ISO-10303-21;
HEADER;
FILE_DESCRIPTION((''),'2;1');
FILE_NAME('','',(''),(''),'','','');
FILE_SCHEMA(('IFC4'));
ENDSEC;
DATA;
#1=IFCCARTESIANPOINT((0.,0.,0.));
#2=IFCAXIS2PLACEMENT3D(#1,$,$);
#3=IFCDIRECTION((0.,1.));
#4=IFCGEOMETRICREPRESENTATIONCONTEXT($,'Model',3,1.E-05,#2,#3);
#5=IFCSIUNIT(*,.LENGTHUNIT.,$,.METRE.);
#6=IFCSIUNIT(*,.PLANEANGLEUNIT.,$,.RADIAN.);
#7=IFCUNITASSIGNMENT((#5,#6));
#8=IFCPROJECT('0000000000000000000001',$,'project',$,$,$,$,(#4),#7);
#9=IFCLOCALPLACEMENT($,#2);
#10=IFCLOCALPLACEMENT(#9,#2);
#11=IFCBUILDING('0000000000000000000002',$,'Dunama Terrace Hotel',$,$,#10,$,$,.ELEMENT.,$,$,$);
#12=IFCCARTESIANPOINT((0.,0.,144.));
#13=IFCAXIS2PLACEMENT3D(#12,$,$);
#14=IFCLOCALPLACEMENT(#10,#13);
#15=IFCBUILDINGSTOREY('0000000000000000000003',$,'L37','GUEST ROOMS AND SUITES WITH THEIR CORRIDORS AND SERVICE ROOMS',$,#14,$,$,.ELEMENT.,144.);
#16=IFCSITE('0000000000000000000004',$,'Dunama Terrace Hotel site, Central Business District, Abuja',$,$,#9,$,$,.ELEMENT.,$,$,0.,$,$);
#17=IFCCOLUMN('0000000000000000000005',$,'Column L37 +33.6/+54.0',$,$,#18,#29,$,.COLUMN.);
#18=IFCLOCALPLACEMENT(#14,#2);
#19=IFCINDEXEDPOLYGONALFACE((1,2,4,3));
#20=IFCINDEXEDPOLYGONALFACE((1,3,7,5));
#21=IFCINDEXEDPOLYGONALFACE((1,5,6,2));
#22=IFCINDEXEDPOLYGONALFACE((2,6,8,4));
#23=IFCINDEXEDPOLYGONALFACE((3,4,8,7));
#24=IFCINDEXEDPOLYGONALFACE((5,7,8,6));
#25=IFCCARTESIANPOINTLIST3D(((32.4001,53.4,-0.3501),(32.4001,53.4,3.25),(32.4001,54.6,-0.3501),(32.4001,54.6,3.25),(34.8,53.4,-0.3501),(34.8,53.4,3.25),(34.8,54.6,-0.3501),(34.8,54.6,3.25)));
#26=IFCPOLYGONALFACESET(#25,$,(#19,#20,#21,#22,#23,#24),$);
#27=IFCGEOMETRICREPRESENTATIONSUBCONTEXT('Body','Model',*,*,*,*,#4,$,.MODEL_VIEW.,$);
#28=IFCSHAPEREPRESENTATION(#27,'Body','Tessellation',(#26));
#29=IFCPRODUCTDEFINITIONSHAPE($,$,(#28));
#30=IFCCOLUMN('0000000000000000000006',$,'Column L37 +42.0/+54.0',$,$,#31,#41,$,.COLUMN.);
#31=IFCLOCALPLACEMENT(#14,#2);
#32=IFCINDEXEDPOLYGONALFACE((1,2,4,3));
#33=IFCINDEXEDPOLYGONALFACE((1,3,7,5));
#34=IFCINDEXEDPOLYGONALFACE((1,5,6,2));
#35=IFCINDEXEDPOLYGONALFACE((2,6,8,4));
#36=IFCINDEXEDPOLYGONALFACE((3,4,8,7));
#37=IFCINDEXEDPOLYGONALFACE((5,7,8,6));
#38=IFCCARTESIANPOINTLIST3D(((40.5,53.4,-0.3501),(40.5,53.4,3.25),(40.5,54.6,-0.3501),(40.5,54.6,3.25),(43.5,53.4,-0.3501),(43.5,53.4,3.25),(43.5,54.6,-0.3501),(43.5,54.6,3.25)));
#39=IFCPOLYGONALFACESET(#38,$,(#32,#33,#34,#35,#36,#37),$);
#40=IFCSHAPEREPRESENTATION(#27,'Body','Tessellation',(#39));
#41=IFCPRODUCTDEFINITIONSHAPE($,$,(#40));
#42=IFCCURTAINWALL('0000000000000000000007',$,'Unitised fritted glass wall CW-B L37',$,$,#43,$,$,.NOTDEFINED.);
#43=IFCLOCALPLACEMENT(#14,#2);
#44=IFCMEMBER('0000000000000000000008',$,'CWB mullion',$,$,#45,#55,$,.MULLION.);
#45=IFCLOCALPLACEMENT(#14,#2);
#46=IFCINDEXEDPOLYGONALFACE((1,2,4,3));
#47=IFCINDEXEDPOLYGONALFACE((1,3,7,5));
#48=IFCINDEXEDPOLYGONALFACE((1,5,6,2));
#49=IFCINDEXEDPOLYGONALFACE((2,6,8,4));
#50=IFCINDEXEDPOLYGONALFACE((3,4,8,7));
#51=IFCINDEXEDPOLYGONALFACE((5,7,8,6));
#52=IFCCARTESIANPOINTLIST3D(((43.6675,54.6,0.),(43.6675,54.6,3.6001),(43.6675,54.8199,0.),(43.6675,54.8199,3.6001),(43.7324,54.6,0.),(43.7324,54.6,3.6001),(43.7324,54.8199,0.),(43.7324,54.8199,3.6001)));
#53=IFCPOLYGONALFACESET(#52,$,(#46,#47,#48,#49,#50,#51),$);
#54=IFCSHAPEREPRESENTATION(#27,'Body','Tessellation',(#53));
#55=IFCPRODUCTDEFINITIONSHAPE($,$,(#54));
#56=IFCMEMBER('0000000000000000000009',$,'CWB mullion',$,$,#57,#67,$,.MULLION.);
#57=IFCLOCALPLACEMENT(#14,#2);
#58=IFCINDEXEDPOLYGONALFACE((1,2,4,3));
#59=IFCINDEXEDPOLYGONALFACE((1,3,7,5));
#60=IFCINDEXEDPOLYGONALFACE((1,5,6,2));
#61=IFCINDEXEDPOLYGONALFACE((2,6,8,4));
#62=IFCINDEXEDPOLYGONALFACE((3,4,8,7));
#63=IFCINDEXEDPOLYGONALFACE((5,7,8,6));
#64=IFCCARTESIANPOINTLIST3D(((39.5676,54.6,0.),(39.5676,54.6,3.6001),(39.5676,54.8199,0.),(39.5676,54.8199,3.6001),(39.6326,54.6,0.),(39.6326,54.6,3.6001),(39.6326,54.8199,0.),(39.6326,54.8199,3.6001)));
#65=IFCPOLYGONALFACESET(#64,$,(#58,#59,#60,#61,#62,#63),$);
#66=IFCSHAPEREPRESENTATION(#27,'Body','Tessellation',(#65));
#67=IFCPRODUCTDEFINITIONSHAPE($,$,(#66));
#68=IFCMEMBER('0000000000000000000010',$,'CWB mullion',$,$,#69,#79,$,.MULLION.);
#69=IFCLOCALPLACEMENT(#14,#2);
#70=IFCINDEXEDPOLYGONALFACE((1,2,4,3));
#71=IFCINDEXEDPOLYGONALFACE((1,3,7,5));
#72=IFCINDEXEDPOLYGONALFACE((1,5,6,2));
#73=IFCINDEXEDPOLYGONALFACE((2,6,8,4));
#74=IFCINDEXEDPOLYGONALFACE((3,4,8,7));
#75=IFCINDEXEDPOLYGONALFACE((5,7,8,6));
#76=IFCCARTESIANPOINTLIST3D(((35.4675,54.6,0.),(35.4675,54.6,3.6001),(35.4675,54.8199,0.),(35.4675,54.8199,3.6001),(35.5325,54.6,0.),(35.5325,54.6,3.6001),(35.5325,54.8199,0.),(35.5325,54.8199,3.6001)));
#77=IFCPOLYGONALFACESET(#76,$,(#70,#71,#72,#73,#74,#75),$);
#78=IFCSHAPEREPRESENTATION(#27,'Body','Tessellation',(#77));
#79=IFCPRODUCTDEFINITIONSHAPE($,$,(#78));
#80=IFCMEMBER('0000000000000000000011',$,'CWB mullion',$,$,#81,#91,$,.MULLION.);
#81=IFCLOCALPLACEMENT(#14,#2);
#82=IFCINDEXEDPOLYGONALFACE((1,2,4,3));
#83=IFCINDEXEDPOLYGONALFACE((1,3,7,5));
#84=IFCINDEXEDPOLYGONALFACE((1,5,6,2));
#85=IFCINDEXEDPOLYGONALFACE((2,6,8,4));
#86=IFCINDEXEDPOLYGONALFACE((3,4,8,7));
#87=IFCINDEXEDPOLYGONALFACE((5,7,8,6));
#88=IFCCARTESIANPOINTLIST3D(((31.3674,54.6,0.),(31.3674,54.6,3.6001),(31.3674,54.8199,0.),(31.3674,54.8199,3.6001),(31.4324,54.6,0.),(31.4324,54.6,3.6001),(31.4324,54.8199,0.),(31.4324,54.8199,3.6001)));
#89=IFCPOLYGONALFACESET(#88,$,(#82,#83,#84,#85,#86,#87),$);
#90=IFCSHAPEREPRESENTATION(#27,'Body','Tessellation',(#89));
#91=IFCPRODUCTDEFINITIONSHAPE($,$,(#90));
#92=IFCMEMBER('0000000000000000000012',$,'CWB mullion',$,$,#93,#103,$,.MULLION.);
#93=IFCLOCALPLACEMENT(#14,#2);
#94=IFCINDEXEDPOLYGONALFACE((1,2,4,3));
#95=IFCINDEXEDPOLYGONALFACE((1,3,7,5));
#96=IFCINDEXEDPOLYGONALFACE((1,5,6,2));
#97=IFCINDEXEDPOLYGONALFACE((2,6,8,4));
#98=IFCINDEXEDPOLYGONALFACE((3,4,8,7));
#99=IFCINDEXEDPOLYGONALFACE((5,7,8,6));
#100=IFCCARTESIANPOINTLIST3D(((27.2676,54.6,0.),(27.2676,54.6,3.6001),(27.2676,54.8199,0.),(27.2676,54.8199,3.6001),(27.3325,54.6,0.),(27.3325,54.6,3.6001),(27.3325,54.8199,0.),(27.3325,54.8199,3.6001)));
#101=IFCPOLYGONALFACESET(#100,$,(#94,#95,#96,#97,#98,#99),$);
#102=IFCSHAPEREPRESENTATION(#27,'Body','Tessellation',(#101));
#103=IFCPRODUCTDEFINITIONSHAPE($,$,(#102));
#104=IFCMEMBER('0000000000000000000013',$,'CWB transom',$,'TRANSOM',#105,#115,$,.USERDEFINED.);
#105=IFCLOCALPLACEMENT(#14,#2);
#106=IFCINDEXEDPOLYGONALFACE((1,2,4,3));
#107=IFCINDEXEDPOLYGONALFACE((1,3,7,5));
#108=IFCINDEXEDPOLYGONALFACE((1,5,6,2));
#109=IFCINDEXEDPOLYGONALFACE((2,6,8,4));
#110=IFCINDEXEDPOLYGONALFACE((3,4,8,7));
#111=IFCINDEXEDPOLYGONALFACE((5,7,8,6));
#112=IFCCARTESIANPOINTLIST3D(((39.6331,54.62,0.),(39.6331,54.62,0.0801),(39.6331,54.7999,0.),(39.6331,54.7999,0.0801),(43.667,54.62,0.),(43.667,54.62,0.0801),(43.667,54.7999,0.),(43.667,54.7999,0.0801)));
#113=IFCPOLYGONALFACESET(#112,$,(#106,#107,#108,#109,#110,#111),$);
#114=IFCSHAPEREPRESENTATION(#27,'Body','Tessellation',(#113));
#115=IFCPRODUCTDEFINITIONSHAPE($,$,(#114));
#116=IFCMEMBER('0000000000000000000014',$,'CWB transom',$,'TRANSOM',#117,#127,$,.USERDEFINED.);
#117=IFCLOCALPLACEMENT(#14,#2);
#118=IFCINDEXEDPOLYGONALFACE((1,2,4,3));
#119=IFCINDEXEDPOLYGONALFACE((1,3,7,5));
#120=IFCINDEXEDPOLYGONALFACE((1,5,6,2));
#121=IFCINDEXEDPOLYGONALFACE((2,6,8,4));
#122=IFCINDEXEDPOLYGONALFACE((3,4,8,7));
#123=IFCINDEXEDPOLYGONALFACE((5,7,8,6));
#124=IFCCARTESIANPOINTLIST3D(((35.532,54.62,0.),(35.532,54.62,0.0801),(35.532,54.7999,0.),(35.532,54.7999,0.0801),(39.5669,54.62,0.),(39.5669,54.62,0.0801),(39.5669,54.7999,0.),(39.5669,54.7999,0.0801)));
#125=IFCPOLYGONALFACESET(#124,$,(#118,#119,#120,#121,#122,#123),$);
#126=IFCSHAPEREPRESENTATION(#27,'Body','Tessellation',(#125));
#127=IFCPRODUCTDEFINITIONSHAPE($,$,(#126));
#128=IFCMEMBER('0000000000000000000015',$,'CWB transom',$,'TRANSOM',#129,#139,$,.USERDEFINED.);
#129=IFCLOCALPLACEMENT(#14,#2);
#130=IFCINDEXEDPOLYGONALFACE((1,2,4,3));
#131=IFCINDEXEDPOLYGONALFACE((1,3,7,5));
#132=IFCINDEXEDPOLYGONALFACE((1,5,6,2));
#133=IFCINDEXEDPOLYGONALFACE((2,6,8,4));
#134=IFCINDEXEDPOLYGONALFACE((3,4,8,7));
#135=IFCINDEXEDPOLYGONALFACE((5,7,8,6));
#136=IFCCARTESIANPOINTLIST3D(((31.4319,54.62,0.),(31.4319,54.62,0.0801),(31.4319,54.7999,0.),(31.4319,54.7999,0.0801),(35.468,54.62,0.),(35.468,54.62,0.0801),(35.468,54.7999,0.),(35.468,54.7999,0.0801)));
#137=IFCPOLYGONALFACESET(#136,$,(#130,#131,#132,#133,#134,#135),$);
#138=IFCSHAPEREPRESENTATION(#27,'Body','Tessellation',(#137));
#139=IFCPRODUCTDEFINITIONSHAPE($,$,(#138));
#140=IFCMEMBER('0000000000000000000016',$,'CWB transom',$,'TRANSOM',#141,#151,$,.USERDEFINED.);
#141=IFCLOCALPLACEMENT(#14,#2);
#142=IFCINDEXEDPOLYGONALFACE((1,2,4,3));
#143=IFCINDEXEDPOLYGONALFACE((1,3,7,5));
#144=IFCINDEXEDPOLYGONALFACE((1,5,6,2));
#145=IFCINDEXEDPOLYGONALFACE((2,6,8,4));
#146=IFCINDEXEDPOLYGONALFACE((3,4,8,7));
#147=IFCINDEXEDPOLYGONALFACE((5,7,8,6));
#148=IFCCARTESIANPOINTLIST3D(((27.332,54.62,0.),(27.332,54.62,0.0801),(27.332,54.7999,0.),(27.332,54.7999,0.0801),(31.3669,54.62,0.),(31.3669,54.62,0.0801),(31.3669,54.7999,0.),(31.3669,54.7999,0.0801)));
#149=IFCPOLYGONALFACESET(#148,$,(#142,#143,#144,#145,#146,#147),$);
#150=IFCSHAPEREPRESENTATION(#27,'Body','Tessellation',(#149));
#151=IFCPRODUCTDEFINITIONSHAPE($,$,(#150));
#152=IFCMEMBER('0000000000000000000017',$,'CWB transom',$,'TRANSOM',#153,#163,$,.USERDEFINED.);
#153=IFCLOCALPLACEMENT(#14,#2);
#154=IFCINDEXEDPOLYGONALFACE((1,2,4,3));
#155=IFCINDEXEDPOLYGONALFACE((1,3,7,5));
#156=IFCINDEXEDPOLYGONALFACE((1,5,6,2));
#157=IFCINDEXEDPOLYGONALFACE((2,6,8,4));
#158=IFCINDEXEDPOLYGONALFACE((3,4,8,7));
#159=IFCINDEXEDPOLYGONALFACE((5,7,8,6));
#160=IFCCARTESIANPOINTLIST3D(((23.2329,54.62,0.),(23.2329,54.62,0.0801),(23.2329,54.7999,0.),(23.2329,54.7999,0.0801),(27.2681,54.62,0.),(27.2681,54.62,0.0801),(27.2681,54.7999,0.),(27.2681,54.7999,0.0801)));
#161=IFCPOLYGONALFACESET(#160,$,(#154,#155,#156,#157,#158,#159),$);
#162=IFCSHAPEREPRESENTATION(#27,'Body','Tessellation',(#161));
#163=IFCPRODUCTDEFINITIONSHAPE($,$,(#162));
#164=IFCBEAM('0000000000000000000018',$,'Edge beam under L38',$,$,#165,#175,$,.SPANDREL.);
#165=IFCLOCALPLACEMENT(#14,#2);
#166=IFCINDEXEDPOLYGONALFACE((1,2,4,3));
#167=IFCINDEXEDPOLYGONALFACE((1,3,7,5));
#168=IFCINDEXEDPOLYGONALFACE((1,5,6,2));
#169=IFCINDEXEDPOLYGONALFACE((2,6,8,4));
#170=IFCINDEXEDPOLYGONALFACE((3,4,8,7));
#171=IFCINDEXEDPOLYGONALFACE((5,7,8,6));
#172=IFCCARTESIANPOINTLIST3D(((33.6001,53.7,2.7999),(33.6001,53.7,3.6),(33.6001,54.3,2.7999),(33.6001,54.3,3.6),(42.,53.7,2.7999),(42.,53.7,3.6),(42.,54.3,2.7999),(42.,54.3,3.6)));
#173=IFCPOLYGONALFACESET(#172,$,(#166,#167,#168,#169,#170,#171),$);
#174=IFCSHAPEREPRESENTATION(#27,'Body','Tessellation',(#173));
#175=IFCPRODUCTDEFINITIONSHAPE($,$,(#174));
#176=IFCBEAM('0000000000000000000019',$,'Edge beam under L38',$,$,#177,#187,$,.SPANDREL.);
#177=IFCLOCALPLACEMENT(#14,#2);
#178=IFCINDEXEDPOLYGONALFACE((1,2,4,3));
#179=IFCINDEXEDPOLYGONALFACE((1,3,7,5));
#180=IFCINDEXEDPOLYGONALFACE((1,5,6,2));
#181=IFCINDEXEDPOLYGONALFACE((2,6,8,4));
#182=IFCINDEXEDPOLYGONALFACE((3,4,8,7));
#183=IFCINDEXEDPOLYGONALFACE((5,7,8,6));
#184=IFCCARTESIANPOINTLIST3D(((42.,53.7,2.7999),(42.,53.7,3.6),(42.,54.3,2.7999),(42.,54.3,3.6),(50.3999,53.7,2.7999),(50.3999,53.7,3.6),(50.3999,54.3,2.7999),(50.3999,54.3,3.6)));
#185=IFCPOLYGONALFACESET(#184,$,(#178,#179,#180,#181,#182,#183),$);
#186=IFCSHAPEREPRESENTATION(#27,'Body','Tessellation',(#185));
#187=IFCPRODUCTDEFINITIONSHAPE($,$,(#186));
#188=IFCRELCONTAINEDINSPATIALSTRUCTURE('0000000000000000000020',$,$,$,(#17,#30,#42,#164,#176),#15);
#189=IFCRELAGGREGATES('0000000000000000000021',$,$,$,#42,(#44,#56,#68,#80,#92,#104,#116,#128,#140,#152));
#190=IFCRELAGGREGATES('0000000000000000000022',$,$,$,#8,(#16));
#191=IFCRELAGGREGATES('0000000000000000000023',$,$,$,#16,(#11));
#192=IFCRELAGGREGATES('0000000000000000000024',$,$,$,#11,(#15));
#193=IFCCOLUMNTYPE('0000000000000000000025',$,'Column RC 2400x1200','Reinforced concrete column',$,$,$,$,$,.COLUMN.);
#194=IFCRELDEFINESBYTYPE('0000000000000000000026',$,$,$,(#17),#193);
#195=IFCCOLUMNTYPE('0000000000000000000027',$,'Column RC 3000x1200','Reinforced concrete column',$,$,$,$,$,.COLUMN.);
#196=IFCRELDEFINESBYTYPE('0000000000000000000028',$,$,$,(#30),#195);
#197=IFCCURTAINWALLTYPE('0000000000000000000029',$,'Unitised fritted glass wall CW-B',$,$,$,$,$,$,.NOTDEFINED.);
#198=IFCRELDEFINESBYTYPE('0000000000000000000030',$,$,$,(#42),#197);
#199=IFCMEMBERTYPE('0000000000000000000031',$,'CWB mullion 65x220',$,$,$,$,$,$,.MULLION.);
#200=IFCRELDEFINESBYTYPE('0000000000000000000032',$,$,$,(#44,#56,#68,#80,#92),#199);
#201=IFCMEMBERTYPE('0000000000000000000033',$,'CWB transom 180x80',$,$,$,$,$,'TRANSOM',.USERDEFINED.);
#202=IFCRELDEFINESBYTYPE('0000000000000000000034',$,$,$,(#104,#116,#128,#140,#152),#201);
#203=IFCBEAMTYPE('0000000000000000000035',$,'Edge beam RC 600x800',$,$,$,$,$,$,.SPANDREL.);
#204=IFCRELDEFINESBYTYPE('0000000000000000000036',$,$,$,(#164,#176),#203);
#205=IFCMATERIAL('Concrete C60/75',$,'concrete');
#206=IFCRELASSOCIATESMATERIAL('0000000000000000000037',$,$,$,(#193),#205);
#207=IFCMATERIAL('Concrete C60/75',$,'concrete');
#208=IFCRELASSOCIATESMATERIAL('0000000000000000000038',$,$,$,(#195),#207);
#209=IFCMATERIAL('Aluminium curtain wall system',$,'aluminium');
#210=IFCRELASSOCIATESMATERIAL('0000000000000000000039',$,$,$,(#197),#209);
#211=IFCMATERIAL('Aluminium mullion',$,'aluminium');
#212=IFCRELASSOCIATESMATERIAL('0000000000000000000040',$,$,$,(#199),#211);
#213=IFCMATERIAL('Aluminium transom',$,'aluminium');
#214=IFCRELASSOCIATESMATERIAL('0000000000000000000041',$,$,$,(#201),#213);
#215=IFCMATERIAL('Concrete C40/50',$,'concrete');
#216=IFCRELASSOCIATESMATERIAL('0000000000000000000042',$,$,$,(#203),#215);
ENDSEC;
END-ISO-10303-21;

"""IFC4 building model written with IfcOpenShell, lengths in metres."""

from ifc_helpers import new_model, si_unit, direction, frame, origin, origin_2d, place, context, subcontext, project, spatial, rectangle, extrude, material, material_profile, profile_set, type_object, element, aggregate, save


model = new_model("IFC4")

# Units and contexts
model_context = context("Model", 3, precision=1e-05, world=origin(), true_north=direction((0.0, 1.0)))
body_context = subcontext(model_context, "Body", "Model", "MODEL_VIEW")
ifc_project = project(units=[si_unit("LENGTHUNIT", "METRE"), si_unit("PLANEANGLEUNIT", "RADIAN")], contexts=[model_context])

# Site, building, storey
site_placement = place(None, origin())
site = spatial("IfcSite", under=ifc_project, at=site_placement, Name="Dunama Terrace Hotel site, Central Business District, Abuja", CompositionType="ELEMENT", RefElevation=0.0)
building_placement = place(site_placement, origin())
building = spatial("IfcBuilding", under=site, at=building_placement, Name="Dunama Terrace Hotel", CompositionType="ELEMENT")
storey_placement = place(building_placement, frame((0.0, 0.0, 144.0)))
storey = spatial("IfcBuildingStorey", under=building, at=storey_placement, Name="L37", Description="GUEST ROOMS AND SUITES WITH THEIR CORRIDORS AND SERVICE ROOMS", CompositionType="ELEMENT", Elevation=144.0)

# Columns
ifc_material_1 = material(Name="Concrete C60/75", Category="concrete")
ifc_material_profile_1 = material_profile(ifc_material_1, rectangle(XDim=2.3999, YDim=1.2, at=origin_2d()), Name="RC 2400x1200")
ifc_profile_set_1 = profile_set([ifc_material_profile_1], Name="Concrete C60/75")
column_type_1 = type_object("IfcColumnType", Name="Column RC 2400x1200", Description="Reinforced concrete column", PredefinedType="COLUMN", material=ifc_profile_set_1)
column_1_placement = place(storey_placement, frame((33.6001, 54.0, -0.3501), z_axis=(0.0, 0.0, 1.0), x_axis=(1.0, 0.0, 0.0)))
element("IfcColumn", 1, at=column_1_placement, inside=storey, type_object=column_type_1, Name="Column L37 +33.6/+54.0", PredefinedType="COLUMN", context=body_context, shape_type="SweptSolid", body=[
    extrude(rectangle(XDim=2.3999, YDim=1.2, at=origin_2d()), origin(), (0.0, 0.0, 1.0), 3.6001),
])
ifc_material_2 = material(Name="Concrete C60/75", Category="concrete")
ifc_material_profile_2 = material_profile(ifc_material_2, rectangle(XDim=3.0, YDim=1.2, at=origin_2d()), Name="RC 3000x1200")
ifc_profile_set_2 = profile_set([ifc_material_profile_2], Name="Concrete C60/75")
column_type_2 = type_object("IfcColumnType", Name="Column RC 3000x1200", Description="Reinforced concrete column", PredefinedType="COLUMN", material=ifc_profile_set_2)
column_2_placement = place(storey_placement, frame((42.0, 54.0, -0.3501), z_axis=(0.0, 0.0, 1.0), x_axis=(1.0, 0.0, 0.0)))
element("IfcColumn", 2, at=column_2_placement, inside=storey, type_object=column_type_2, Name="Column L37 +42.0/+54.0", PredefinedType="COLUMN", context=body_context, shape_type="SweptSolid", body=[
    extrude(rectangle(XDim=3.0, YDim=1.2, at=origin_2d()), origin(), (0.0, 0.0, 1.0), 3.6001),
])

# Curtain wall, members
ifc_material_3 = material(Name="Aluminium curtain wall system", Category="aluminium")
curtain_wall_type = type_object("IfcCurtainWallType", Name="Unitised fritted glass wall CW-B", PredefinedType="NOTDEFINED", material=ifc_material_3)
curtain_wall_placement = place(storey_placement, origin())
curtain_wall = element("IfcCurtainWall", 3, at=curtain_wall_placement, inside=storey, type_object=curtain_wall_type, Name="Unitised fritted glass wall CW-B L37", PredefinedType="NOTDEFINED")
ifc_material_4 = material(Name="Aluminium mullion", Category="aluminium")
ifc_material_profile_3 = material_profile(ifc_material_4, rectangle(XDim=0.0649, YDim=0.22, at=origin_2d()), Name="CWB MULLION 65X220")
ifc_profile_set_3 = profile_set([ifc_material_profile_3], Name="Aluminium mullion")
member_type_1 = type_object("IfcMemberType", Name="CWB mullion 65x220", PredefinedType="MULLION", material=ifc_profile_set_3)
member_1_placement = place(storey_placement, frame((43.7, 54.71, 0.0), z_axis=(0.0, 0.0, 1.0), x_axis=(-1.0, 0.0, 0.0)))
member_1 = element("IfcMember", 4, at=member_1_placement, type_object=member_type_1, Name="CWB mullion", PredefinedType="MULLION", context=body_context, shape_type="SweptSolid", body=[
    extrude(rectangle(XDim=0.0649, YDim=0.22, at=origin_2d()), origin(), (0.0, 0.0, 1.0), 3.6001),
])
member_2_placement = place(storey_placement, frame((39.6001, 54.71, 0.0), z_axis=(0.0, 0.0, 1.0), x_axis=(-1.0, 0.0, 0.0)))
member_2 = element("IfcMember", 5, at=member_2_placement, type_object=member_type_1, Name="CWB mullion", PredefinedType="MULLION", context=body_context, shape_type="SweptSolid", body=[
    extrude(rectangle(XDim=0.0649, YDim=0.22, at=origin_2d()), origin(), (0.0, 0.0, 1.0), 3.6001),
])
member_3_placement = place(storey_placement, frame((35.5, 54.71, 0.0), z_axis=(0.0, 0.0, 1.0), x_axis=(-1.0, 0.0, 0.0)))
member_3 = element("IfcMember", 6, at=member_3_placement, type_object=member_type_1, Name="CWB mullion", PredefinedType="MULLION", context=body_context, shape_type="SweptSolid", body=[
    extrude(rectangle(XDim=0.0649, YDim=0.22, at=origin_2d()), origin(), (0.0, 0.0, 1.0), 3.6001),
])
member_4_placement = place(storey_placement, frame((31.3999, 54.71, 0.0), z_axis=(0.0, 0.0, 1.0), x_axis=(-1.0, 0.0, 0.0)))
member_4 = element("IfcMember", 7, at=member_4_placement, type_object=member_type_1, Name="CWB mullion", PredefinedType="MULLION", context=body_context, shape_type="SweptSolid", body=[
    extrude(rectangle(XDim=0.0649, YDim=0.22, at=origin_2d()), origin(), (0.0, 0.0, 1.0), 3.6001),
])
member_5_placement = place(storey_placement, frame((27.3, 54.71, 0.0), z_axis=(0.0, 0.0, 1.0), x_axis=(-1.0, 0.0, 0.0)))
member_5 = element("IfcMember", 8, at=member_5_placement, type_object=member_type_1, Name="CWB mullion", PredefinedType="MULLION", context=body_context, shape_type="SweptSolid", body=[
    extrude(rectangle(XDim=0.0649, YDim=0.22, at=origin_2d()), origin(), (0.0, 0.0, 1.0), 3.6001),
])
ifc_material_5 = material(Name="Aluminium transom", Category="aluminium")
ifc_material_profile_4 = material_profile(ifc_material_5, rectangle(XDim=0.1799, YDim=0.0801, at=origin_2d()), Name="CWB TRANSOM 180X80")
ifc_profile_set_4 = profile_set([ifc_material_profile_4], Name="Aluminium transom")
member_type_2 = type_object("IfcMemberType", Name="CWB transom 180x80", ElementType="TRANSOM", PredefinedType="USERDEFINED", material=ifc_profile_set_4)
member_6_placement = place(storey_placement, frame((43.667, 54.71, 0.04), z_axis=(-1.0, 0.0, 0.0), x_axis=(0.0, -1.0, 0.0)))
member_6 = element("IfcMember", 9, at=member_6_placement, type_object=member_type_2, Name="CWB transom", ObjectType="TRANSOM", PredefinedType="USERDEFINED", context=body_context, shape_type="SweptSolid", body=[
    extrude(rectangle(XDim=0.1799, YDim=0.0801, at=origin_2d()), origin(), (0.0, 0.0, 1.0), 4.0339),
])
member_7_placement = place(storey_placement, frame((39.5669, 54.71, 0.04), z_axis=(-1.0, 0.0, 0.0), x_axis=(0.0, -1.0, 0.0)))
member_7 = element("IfcMember", 10, at=member_7_placement, type_object=member_type_2, Name="CWB transom", ObjectType="TRANSOM", PredefinedType="USERDEFINED", context=body_context, shape_type="SweptSolid", body=[
    extrude(rectangle(XDim=0.1799, YDim=0.0801, at=origin_2d()), origin(), (0.0, 0.0, 1.0), 4.0349),
])
member_8_placement = place(storey_placement, frame((35.468, 54.71, 0.04), z_axis=(-1.0, 0.0, 0.0), x_axis=(0.0, -1.0, 0.0)))
member_8 = element("IfcMember", 11, at=member_8_placement, type_object=member_type_2, Name="CWB transom", ObjectType="TRANSOM", PredefinedType="USERDEFINED", context=body_context, shape_type="SweptSolid", body=[
    extrude(rectangle(XDim=0.1799, YDim=0.0801, at=origin_2d()), origin(), (0.0, 0.0, 1.0), 4.0361),
])
member_9_placement = place(storey_placement, frame((31.3669, 54.71, 0.04), z_axis=(-1.0, 0.0, 0.0), x_axis=(0.0, -1.0, 0.0)))
member_9 = element("IfcMember", 12, at=member_9_placement, type_object=member_type_2, Name="CWB transom", ObjectType="TRANSOM", PredefinedType="USERDEFINED", context=body_context, shape_type="SweptSolid", body=[
    extrude(rectangle(XDim=0.1799, YDim=0.0801, at=origin_2d()), origin(), (0.0, 0.0, 1.0), 4.0349),
])
member_10_placement = place(storey_placement, frame((27.2681, 54.71, 0.04), z_axis=(-1.0, 0.0, 0.0), x_axis=(0.0, -1.0, 0.0)))
member_10 = element("IfcMember", 13, at=member_10_placement, type_object=member_type_2, Name="CWB transom", ObjectType="TRANSOM", PredefinedType="USERDEFINED", context=body_context, shape_type="SweptSolid", body=[
    extrude(rectangle(XDim=0.1799, YDim=0.0801, at=origin_2d()), origin(), (0.0, 0.0, 1.0), 4.0352),
])

# Beams
ifc_material_6 = material(Name="Concrete C40/50", Category="concrete")
ifc_material_profile_5 = material_profile(ifc_material_6, rectangle(XDim=0.6001, YDim=0.8, at=origin_2d()), Name="RC 600x800")
ifc_profile_set_5 = profile_set([ifc_material_profile_5], Name="Concrete C40/50")
beam_type = type_object("IfcBeamType", Name="Edge beam RC 600x800", PredefinedType="SPANDREL", material=ifc_profile_set_5)
for number, where, z_axis, x_axis, name in (
    (14, (33.6001, 54.0, 3.2), (1.0, 0.0, 0.0), (0.0, 1.0, 0.0), "Edge beam under L38"),
    (15, (42.0, 54.0, 3.2), (1.0, 0.0, 0.0), (0.0, 1.0, 0.0), "Edge beam under L38"),
):
    element("IfcBeam", number, at=place(storey_placement, frame(where, z_axis=z_axis, x_axis=x_axis)), inside=storey, type_object=beam_type, Name=name, PredefinedType="SPANDREL", context=body_context, shape_type="SweptSolid", body=[
        extrude(rectangle(XDim=0.6001, YDim=0.8, at=origin_2d()), origin(), (0.0, 0.0, 1.0), 8.3999),
    ])

aggregate(curtain_wall, [member_1, member_2, member_3, member_4, member_5, member_6, member_7, member_8, member_9, member_10])

save(model, "model.ifc")
